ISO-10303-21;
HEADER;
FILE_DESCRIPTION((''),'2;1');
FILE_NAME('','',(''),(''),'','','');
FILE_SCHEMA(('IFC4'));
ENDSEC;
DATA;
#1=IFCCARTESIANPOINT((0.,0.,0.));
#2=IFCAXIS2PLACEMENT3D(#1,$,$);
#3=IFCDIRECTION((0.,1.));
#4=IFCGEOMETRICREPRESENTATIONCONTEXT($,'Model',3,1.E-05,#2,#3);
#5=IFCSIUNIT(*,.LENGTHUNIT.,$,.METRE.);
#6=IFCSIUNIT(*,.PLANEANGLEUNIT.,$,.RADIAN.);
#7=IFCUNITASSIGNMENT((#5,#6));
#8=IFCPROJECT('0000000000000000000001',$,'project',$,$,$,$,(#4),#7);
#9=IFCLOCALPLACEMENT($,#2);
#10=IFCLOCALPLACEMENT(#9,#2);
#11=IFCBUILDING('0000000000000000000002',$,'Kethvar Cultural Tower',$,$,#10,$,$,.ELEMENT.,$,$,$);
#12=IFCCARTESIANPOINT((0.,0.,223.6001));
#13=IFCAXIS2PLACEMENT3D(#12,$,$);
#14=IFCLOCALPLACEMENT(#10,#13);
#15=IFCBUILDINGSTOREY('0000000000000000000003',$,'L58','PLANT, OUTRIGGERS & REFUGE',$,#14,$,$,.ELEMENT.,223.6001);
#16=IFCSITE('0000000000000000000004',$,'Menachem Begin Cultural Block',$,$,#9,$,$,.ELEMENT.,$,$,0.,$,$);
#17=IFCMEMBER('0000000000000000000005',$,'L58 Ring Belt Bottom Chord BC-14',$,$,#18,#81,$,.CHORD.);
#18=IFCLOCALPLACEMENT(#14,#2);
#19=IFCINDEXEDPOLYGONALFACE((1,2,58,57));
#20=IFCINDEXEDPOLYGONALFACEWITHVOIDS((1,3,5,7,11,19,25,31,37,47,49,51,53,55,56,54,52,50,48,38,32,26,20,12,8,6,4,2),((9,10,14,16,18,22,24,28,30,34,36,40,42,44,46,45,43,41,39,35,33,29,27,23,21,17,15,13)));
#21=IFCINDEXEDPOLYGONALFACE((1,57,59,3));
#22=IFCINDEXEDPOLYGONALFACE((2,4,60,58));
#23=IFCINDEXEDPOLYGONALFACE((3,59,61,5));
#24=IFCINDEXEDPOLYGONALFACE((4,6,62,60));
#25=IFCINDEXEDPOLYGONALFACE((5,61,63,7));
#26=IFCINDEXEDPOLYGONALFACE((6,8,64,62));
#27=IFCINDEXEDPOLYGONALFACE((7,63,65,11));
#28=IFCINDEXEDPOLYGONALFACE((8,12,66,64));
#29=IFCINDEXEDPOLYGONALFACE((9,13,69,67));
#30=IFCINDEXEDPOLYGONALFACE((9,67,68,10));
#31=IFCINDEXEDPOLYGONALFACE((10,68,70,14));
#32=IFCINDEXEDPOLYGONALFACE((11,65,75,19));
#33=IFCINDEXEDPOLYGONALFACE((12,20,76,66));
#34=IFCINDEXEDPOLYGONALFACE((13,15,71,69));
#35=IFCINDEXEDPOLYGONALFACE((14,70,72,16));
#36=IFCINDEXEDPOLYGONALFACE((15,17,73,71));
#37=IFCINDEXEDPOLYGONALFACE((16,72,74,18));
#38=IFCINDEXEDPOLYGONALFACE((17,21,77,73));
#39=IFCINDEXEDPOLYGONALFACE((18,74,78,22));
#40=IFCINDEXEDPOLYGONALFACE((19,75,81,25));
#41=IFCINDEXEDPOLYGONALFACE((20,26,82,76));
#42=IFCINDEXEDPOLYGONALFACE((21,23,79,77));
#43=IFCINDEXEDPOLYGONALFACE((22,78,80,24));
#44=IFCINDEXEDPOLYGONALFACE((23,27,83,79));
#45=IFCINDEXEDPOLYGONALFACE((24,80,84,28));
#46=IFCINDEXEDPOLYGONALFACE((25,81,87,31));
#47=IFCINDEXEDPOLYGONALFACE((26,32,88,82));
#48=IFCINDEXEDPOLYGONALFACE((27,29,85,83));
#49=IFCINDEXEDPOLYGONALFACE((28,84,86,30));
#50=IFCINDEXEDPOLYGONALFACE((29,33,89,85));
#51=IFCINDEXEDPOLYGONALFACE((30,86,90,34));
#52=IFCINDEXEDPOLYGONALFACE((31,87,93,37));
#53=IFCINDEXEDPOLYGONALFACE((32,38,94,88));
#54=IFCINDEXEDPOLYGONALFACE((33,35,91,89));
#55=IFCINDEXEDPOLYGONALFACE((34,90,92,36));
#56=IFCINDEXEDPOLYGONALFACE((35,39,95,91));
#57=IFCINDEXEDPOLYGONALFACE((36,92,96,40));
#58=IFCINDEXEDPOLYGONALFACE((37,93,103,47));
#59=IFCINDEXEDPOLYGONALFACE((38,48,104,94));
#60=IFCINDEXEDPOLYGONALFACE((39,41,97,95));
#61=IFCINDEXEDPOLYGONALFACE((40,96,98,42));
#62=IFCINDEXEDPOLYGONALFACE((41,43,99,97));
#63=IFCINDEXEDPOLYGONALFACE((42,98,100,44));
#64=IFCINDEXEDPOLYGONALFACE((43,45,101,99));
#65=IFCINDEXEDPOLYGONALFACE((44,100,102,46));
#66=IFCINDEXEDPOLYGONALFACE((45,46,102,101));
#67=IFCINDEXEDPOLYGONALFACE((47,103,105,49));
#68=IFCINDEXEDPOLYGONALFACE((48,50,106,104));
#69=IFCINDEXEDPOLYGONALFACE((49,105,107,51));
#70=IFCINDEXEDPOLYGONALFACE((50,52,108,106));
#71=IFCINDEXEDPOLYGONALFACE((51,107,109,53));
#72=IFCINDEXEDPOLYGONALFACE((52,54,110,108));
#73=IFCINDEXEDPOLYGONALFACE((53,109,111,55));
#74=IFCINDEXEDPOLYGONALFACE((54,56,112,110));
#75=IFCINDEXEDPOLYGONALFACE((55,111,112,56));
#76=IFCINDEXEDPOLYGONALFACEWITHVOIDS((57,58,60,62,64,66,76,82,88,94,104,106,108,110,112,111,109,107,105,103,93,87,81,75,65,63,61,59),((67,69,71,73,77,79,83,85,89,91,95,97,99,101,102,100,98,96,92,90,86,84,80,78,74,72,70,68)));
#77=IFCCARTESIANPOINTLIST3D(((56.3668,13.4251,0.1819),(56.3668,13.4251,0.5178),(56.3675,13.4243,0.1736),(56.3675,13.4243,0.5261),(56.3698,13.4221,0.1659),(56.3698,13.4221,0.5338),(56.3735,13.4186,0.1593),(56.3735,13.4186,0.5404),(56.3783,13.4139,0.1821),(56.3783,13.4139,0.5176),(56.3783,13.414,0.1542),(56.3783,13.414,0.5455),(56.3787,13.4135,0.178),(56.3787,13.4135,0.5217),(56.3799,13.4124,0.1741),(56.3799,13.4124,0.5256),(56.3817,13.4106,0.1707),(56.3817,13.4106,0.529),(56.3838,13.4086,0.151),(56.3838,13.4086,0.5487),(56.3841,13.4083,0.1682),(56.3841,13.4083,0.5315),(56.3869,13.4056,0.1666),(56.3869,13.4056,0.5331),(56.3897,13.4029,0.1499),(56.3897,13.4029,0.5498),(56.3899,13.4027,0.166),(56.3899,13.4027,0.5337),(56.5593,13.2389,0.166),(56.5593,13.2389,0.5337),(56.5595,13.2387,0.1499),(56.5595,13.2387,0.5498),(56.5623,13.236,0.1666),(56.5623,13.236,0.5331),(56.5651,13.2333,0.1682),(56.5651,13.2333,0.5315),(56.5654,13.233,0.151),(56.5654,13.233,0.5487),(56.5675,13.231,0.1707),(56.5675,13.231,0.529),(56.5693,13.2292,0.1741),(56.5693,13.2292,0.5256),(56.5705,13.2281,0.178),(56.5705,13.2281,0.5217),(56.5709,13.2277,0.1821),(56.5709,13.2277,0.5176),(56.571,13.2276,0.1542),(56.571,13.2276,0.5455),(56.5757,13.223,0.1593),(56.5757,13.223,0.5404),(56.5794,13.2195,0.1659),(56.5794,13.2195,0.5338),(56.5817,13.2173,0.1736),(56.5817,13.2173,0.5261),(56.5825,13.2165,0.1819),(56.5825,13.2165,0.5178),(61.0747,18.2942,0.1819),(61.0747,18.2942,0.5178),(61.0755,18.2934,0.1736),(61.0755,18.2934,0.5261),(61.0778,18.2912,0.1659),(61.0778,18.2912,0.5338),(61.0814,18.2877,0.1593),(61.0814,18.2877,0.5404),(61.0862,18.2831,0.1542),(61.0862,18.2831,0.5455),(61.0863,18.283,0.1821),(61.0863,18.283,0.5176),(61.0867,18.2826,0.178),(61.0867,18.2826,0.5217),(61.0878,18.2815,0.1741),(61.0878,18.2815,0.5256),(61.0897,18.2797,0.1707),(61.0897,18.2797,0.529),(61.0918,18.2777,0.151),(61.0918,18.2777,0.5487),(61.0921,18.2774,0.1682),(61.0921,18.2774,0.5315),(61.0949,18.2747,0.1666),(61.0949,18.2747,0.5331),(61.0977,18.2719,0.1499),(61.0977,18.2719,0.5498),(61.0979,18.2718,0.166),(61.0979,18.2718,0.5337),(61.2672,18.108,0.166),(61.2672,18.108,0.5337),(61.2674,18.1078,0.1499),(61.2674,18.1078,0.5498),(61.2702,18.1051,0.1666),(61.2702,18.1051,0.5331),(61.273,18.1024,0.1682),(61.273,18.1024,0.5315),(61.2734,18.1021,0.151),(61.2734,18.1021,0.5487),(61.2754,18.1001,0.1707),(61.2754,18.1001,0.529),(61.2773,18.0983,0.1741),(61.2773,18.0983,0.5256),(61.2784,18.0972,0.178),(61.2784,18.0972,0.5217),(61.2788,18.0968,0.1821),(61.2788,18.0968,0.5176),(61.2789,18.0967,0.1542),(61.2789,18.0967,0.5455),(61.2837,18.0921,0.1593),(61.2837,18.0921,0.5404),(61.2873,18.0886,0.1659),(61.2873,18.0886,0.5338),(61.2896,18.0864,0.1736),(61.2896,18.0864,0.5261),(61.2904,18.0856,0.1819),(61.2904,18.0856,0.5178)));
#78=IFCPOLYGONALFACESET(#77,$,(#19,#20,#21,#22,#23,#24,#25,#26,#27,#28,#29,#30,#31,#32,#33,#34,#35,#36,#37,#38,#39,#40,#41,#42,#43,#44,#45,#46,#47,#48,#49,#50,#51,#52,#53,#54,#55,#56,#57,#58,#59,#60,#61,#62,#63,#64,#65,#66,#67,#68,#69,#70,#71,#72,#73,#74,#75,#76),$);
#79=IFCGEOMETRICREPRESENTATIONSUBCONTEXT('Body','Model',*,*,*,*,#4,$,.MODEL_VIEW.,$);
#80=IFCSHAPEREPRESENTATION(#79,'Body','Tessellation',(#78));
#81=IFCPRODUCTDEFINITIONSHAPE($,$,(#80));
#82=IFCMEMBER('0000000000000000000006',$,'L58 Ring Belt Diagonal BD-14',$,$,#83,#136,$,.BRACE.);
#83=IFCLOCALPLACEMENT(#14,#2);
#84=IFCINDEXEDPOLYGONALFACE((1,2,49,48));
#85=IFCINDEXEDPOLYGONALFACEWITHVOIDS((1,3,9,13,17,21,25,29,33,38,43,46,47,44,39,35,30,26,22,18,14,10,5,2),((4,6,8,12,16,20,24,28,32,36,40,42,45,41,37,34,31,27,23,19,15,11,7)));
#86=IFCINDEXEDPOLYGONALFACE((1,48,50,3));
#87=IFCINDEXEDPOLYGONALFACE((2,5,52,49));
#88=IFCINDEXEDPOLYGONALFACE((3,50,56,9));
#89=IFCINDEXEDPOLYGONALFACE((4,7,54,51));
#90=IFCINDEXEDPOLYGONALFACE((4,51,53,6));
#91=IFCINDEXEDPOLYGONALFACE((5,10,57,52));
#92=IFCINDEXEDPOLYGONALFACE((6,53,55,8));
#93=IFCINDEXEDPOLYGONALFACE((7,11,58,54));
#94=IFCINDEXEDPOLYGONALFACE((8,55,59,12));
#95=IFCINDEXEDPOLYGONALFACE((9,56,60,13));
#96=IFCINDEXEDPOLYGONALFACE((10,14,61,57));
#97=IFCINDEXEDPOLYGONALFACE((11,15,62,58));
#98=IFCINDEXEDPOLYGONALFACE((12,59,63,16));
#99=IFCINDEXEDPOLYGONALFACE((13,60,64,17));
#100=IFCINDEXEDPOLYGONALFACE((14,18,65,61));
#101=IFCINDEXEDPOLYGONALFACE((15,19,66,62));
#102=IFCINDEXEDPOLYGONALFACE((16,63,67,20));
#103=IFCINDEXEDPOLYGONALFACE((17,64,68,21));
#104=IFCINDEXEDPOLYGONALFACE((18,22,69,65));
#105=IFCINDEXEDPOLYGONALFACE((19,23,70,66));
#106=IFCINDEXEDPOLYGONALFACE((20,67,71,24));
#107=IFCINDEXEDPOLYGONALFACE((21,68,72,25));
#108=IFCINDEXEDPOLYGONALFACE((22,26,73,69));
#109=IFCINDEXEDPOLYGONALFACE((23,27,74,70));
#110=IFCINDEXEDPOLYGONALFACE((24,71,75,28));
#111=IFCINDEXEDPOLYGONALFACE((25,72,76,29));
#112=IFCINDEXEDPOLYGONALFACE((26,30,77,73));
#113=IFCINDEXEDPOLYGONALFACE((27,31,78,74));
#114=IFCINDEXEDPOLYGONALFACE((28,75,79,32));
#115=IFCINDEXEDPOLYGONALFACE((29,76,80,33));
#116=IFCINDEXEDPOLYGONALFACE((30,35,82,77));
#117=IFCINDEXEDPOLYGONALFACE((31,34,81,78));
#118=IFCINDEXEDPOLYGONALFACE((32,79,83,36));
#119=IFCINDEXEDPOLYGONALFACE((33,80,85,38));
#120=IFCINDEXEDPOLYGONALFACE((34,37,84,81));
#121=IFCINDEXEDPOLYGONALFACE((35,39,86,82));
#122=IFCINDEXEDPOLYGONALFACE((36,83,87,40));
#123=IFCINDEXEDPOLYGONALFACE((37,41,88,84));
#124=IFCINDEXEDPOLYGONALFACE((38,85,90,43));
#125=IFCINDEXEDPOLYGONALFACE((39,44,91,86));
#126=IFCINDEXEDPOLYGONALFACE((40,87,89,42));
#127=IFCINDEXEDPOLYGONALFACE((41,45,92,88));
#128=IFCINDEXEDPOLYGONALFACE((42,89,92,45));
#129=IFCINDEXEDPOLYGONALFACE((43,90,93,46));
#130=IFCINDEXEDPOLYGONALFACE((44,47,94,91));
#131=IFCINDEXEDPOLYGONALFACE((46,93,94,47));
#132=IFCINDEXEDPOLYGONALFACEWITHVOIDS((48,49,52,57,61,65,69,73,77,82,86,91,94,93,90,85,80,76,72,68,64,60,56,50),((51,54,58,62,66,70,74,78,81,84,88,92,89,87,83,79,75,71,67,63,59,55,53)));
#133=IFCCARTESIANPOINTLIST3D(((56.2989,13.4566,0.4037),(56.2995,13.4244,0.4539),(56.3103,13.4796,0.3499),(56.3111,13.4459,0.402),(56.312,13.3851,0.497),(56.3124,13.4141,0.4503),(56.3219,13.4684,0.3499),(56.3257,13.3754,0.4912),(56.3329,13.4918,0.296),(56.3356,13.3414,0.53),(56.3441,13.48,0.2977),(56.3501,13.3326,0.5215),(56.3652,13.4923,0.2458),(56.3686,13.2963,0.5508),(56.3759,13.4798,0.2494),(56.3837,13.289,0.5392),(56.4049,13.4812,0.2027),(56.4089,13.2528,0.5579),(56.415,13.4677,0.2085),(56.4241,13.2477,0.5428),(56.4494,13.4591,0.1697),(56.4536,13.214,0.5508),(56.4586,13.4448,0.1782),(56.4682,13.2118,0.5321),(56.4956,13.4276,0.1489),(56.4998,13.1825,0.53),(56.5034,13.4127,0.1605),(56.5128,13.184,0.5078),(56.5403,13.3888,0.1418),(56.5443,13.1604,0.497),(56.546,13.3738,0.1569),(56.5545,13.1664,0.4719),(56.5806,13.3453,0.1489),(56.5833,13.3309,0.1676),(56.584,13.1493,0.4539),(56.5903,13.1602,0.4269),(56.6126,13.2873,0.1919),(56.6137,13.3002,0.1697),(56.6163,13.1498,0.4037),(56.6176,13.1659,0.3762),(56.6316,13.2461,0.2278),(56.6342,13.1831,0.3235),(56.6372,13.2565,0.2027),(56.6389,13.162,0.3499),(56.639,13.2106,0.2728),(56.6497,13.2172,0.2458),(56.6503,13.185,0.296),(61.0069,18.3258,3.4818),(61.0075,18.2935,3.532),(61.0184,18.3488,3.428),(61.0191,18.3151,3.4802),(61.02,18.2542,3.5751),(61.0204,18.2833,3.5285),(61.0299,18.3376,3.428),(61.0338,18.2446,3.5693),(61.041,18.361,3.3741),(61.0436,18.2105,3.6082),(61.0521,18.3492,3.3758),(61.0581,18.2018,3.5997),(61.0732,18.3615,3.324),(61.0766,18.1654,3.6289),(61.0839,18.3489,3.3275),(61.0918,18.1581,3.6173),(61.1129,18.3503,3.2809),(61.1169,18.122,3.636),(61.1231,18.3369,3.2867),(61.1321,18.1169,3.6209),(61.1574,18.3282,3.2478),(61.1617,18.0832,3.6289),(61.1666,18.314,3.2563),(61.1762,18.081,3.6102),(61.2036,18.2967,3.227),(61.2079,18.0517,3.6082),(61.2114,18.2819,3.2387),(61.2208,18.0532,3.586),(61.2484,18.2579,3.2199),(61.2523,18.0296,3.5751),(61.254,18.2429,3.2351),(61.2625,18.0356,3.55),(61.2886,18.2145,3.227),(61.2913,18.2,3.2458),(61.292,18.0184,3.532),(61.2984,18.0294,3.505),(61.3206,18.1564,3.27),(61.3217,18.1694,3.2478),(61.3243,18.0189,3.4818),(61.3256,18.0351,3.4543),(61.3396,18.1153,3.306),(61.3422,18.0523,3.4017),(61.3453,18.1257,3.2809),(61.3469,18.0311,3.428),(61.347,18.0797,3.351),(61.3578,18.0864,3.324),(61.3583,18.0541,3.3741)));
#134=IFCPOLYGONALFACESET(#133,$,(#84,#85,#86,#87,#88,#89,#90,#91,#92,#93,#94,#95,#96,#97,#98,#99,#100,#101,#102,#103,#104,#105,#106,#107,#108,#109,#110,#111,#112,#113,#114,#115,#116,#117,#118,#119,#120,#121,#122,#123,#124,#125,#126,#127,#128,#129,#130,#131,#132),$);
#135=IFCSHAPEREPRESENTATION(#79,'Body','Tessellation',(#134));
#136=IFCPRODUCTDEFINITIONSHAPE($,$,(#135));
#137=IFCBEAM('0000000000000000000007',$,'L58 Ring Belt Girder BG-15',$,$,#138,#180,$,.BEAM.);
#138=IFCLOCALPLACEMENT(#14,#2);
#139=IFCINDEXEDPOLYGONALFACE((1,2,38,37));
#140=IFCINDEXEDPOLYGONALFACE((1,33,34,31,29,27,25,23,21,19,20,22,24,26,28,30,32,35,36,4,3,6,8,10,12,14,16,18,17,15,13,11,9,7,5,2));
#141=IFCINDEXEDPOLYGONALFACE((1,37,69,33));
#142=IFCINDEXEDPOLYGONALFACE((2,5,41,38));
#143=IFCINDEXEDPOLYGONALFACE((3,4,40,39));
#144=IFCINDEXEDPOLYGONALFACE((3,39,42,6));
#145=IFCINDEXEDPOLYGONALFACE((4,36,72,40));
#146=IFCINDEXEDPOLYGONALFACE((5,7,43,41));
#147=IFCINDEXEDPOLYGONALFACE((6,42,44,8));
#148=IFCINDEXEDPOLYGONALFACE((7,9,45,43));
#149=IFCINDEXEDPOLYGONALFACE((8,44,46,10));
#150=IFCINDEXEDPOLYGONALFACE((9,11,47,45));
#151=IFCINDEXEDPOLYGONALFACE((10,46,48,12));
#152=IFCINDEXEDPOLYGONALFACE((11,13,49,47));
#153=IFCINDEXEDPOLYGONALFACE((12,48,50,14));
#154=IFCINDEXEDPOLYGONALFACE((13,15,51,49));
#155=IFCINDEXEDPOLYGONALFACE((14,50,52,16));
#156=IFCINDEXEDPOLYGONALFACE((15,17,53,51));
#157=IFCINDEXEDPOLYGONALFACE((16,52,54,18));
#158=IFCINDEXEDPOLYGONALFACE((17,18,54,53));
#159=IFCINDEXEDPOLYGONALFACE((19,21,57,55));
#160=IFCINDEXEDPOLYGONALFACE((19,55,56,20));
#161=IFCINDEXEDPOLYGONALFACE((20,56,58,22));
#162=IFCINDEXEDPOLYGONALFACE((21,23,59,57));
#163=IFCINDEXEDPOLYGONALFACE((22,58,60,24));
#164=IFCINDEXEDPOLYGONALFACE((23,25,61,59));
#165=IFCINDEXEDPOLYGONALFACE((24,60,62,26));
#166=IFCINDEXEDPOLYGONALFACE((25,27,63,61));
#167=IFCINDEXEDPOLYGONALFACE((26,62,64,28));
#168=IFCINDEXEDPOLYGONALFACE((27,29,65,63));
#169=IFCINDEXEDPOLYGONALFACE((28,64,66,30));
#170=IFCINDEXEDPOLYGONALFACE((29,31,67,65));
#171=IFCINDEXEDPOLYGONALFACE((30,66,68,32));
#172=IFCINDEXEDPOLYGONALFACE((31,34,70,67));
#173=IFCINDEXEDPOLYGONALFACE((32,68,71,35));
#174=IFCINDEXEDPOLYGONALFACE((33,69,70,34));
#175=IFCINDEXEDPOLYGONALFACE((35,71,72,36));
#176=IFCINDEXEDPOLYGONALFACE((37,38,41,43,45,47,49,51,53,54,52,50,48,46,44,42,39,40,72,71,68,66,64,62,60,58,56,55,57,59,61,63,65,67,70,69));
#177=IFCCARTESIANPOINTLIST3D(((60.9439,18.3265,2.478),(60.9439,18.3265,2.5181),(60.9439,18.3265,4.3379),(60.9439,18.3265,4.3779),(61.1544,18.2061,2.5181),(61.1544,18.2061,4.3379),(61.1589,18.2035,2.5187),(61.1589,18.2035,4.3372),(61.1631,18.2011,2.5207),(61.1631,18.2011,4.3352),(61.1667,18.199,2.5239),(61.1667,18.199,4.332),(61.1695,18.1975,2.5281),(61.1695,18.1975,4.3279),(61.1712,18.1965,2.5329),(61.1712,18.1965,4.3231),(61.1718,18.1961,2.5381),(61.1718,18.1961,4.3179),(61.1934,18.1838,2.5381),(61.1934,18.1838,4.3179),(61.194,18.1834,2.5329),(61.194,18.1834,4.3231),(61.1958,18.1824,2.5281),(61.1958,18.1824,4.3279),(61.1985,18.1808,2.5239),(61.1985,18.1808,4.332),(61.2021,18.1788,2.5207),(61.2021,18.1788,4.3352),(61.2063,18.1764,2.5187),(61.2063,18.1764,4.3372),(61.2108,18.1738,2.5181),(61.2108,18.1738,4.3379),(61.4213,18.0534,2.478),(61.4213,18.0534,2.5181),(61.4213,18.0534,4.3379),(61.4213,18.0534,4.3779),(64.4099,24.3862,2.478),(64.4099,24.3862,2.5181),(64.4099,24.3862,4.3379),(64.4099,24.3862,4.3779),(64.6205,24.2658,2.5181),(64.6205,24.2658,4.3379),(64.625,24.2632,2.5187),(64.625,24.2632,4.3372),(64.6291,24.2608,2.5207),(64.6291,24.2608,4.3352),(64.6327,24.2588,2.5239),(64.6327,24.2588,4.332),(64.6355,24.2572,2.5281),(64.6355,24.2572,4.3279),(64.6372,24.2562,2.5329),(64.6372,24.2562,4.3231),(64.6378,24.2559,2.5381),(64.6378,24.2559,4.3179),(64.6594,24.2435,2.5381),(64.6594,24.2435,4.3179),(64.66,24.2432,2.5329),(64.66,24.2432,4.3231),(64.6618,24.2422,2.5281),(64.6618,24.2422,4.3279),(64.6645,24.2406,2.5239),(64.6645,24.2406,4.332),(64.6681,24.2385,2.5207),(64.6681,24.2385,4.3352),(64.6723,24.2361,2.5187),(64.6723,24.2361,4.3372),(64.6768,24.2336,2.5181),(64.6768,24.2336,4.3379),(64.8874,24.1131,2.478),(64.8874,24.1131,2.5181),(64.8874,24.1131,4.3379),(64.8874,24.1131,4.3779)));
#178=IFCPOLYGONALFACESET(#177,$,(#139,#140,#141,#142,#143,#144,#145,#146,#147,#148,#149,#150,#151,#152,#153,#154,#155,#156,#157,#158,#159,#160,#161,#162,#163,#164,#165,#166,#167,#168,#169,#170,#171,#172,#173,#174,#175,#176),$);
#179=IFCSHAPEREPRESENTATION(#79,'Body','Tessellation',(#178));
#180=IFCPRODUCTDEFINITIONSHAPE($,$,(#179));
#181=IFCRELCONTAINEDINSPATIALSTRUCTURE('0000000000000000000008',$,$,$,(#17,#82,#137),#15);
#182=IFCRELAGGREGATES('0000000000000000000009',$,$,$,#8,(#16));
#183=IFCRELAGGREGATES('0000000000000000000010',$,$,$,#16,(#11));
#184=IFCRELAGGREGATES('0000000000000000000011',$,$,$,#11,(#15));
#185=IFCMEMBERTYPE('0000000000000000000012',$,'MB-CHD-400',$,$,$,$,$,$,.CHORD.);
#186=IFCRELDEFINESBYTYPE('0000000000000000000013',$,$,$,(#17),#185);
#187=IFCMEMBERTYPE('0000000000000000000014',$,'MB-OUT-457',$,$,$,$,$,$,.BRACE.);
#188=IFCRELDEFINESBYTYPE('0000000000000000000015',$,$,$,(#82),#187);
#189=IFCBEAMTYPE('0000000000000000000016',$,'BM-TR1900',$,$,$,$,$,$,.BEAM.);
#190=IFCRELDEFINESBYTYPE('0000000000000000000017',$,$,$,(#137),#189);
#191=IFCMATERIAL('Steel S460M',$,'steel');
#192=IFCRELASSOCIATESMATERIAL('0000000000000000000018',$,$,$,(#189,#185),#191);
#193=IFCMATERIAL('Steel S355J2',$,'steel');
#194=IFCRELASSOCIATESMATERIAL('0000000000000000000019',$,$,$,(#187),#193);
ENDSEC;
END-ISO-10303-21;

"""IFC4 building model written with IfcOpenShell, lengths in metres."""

from ifc_helpers import new_model, si_unit, direction, frame, origin, origin_2d, place, context, subcontext, project, spatial, hollow_rectangle, hollow_circle, i_section, extrude, source, transform, mapped, material, material_profile, profile_set, type_object, element, save


model = new_model("IFC4")

# Units and contexts
model_context = context("Model", 3, precision=1e-05, world=origin(), true_north=direction((0.0, 1.0)))
body_context = subcontext(model_context, "Body", "Model", "MODEL_VIEW")
ifc_project = project(units=[si_unit("LENGTHUNIT", "METRE"), si_unit("PLANEANGLEUNIT", "RADIAN")], contexts=[model_context])

# Site, building, storey
site_placement = place(None, origin())
site = spatial("IfcSite", under=ifc_project, at=site_placement, Name="Menachem Begin Cultural Block", CompositionType="ELEMENT", RefElevation=0.0)
building_placement = place(site_placement, origin())
building = spatial("IfcBuilding", under=site, at=building_placement, Name="Kethvar Cultural Tower", CompositionType="ELEMENT")
storey_placement = place(building_placement, frame((0.0, 0.0, 223.6001)))
storey = spatial("IfcBuildingStorey", under=building, at=storey_placement, Name="L58", Description="PLANT, OUTRIGGERS & REFUGE", CompositionType="ELEMENT", Elevation=223.6001)

# Shared definitions
ifc_material_1 = material(Name="Steel S460M", Category="steel")

# Shared definitions
ifc_material_profile_1 = material_profile(ifc_material_1, i_section(OverallWidth=0.55, OverallDepth=1.8999, WebThickness=0.0249, FlangeThickness=0.04, FilletRadius=0.02, at=origin_2d()), Name="Steel S460M — PG1900x550x40x25")
ifc_profile_set_1 = profile_set([ifc_material_profile_1], Name="Steel S460M — PG1900x550x40x25")
beam_type = type_object("IfcBeamType", Name="BM-TR1900", PredefinedType="BEAM", material=ifc_profile_set_1)

# Members
ifc_material_profile_2 = material_profile(ifc_material_1, hollow_rectangle(XDim=0.3, YDim=0.3999, WallThickness=0.0161, InnerFilletRadius=0.0161, OuterFilletRadius=0.032, at=origin_2d()), Name="Steel S460M — RHS400x300x16")
ifc_profile_set_2 = profile_set([ifc_material_profile_2], Name="Steel S460M — RHS400x300x16")
member_type_1 = type_object("IfcMemberType", Name="MB-CHD-400", PredefinedType="CHORD", material=ifc_profile_set_2)
shared_shape_1 = source(origin(), body_context, "Body", "SweptSolid", [
    extrude(hollow_rectangle(XDim=0.3, YDim=0.3999, WallThickness=0.0161, InnerFilletRadius=0.0161, OuterFilletRadius=0.032, at=origin_2d()), origin(), (0.0, 0.0, 1.0), 6.7729),
])
member_1_placement = place(storey_placement, frame((56.4746, 13.3208, 0.3499), z_axis=(0.695112, 0.718902, 0.0), x_axis=(-0.718902, 0.695112, 0.0)))
element("IfcMember", 1, at=member_1_placement, inside=storey, type_object=member_type_1, Name="L58 Ring Belt Bottom Chord BC-14", PredefinedType="CHORD", context=body_context, shape_type="MappedRepresentation", body=[
    mapped(shared_shape_1, transform((0.0, 0.0, 0.0), scale=1.0)),
])
ifc_material_2 = material(Name="Steel S355J2", Category="steel")
ifc_material_profile_3 = material_profile(ifc_material_2, hollow_circle(Radius=0.2285, WallThickness=0.0161, at=origin_2d()), Name="Steel S355J2 — CHS457x16")
ifc_profile_set_3 = profile_set([ifc_material_profile_3], Name="Steel S355J2 — CHS457x16")
member_type_2 = type_object("IfcMemberType", Name="MB-OUT-457", PredefinedType="BRACE", material=ifc_profile_set_3)
shared_shape_2 = source(origin(), body_context, "Body", "SweptSolid", [
    extrude(hollow_circle(Radius=0.2285, WallThickness=0.0161, at=origin_2d()), origin(), (0.0, 0.0, 1.0), 7.4397),
])
member_2_placement = place(storey_placement, frame((56.4746, 13.3208, 0.3499), z_axis=(0.632825, 0.654483, 0.413745), x_axis=(-0.718902, 0.695112, 0.0)))
element("IfcMember", 2, at=member_2_placement, inside=storey, type_object=member_type_2, Name="L58 Ring Belt Diagonal BD-14", PredefinedType="BRACE", context=body_context, shape_type="MappedRepresentation", body=[
    mapped(shared_shape_2, transform((0.0, 0.0, 0.0), scale=1.0)),
])

# Beam
shared_shape_3 = source(origin(), body_context, "Body", "SweptSolid", [
    extrude(i_section(OverallWidth=0.55, OverallDepth=1.8999, WebThickness=0.0249, FlangeThickness=0.04, FilletRadius=0.02, at=origin_2d()), origin(), (0.0, 0.0, 1.0), 6.981),
])
beam_1_placement = place(storey_placement, frame((61.1826, 18.1899, 3.428), z_axis=(0.496497, 0.868039, 0.0), x_axis=(-0.868039, 0.496497, 0.0)))
element("IfcBeam", 3, at=beam_1_placement, inside=storey, type_object=beam_type, Name="L58 Ring Belt Girder BG-15", PredefinedType="BEAM", context=body_context, shape_type="MappedRepresentation", body=[
    mapped(shared_shape_3, transform((0.0, 0.0, 0.0), scale=1.0)),
])

save(model, "model.ifc")
